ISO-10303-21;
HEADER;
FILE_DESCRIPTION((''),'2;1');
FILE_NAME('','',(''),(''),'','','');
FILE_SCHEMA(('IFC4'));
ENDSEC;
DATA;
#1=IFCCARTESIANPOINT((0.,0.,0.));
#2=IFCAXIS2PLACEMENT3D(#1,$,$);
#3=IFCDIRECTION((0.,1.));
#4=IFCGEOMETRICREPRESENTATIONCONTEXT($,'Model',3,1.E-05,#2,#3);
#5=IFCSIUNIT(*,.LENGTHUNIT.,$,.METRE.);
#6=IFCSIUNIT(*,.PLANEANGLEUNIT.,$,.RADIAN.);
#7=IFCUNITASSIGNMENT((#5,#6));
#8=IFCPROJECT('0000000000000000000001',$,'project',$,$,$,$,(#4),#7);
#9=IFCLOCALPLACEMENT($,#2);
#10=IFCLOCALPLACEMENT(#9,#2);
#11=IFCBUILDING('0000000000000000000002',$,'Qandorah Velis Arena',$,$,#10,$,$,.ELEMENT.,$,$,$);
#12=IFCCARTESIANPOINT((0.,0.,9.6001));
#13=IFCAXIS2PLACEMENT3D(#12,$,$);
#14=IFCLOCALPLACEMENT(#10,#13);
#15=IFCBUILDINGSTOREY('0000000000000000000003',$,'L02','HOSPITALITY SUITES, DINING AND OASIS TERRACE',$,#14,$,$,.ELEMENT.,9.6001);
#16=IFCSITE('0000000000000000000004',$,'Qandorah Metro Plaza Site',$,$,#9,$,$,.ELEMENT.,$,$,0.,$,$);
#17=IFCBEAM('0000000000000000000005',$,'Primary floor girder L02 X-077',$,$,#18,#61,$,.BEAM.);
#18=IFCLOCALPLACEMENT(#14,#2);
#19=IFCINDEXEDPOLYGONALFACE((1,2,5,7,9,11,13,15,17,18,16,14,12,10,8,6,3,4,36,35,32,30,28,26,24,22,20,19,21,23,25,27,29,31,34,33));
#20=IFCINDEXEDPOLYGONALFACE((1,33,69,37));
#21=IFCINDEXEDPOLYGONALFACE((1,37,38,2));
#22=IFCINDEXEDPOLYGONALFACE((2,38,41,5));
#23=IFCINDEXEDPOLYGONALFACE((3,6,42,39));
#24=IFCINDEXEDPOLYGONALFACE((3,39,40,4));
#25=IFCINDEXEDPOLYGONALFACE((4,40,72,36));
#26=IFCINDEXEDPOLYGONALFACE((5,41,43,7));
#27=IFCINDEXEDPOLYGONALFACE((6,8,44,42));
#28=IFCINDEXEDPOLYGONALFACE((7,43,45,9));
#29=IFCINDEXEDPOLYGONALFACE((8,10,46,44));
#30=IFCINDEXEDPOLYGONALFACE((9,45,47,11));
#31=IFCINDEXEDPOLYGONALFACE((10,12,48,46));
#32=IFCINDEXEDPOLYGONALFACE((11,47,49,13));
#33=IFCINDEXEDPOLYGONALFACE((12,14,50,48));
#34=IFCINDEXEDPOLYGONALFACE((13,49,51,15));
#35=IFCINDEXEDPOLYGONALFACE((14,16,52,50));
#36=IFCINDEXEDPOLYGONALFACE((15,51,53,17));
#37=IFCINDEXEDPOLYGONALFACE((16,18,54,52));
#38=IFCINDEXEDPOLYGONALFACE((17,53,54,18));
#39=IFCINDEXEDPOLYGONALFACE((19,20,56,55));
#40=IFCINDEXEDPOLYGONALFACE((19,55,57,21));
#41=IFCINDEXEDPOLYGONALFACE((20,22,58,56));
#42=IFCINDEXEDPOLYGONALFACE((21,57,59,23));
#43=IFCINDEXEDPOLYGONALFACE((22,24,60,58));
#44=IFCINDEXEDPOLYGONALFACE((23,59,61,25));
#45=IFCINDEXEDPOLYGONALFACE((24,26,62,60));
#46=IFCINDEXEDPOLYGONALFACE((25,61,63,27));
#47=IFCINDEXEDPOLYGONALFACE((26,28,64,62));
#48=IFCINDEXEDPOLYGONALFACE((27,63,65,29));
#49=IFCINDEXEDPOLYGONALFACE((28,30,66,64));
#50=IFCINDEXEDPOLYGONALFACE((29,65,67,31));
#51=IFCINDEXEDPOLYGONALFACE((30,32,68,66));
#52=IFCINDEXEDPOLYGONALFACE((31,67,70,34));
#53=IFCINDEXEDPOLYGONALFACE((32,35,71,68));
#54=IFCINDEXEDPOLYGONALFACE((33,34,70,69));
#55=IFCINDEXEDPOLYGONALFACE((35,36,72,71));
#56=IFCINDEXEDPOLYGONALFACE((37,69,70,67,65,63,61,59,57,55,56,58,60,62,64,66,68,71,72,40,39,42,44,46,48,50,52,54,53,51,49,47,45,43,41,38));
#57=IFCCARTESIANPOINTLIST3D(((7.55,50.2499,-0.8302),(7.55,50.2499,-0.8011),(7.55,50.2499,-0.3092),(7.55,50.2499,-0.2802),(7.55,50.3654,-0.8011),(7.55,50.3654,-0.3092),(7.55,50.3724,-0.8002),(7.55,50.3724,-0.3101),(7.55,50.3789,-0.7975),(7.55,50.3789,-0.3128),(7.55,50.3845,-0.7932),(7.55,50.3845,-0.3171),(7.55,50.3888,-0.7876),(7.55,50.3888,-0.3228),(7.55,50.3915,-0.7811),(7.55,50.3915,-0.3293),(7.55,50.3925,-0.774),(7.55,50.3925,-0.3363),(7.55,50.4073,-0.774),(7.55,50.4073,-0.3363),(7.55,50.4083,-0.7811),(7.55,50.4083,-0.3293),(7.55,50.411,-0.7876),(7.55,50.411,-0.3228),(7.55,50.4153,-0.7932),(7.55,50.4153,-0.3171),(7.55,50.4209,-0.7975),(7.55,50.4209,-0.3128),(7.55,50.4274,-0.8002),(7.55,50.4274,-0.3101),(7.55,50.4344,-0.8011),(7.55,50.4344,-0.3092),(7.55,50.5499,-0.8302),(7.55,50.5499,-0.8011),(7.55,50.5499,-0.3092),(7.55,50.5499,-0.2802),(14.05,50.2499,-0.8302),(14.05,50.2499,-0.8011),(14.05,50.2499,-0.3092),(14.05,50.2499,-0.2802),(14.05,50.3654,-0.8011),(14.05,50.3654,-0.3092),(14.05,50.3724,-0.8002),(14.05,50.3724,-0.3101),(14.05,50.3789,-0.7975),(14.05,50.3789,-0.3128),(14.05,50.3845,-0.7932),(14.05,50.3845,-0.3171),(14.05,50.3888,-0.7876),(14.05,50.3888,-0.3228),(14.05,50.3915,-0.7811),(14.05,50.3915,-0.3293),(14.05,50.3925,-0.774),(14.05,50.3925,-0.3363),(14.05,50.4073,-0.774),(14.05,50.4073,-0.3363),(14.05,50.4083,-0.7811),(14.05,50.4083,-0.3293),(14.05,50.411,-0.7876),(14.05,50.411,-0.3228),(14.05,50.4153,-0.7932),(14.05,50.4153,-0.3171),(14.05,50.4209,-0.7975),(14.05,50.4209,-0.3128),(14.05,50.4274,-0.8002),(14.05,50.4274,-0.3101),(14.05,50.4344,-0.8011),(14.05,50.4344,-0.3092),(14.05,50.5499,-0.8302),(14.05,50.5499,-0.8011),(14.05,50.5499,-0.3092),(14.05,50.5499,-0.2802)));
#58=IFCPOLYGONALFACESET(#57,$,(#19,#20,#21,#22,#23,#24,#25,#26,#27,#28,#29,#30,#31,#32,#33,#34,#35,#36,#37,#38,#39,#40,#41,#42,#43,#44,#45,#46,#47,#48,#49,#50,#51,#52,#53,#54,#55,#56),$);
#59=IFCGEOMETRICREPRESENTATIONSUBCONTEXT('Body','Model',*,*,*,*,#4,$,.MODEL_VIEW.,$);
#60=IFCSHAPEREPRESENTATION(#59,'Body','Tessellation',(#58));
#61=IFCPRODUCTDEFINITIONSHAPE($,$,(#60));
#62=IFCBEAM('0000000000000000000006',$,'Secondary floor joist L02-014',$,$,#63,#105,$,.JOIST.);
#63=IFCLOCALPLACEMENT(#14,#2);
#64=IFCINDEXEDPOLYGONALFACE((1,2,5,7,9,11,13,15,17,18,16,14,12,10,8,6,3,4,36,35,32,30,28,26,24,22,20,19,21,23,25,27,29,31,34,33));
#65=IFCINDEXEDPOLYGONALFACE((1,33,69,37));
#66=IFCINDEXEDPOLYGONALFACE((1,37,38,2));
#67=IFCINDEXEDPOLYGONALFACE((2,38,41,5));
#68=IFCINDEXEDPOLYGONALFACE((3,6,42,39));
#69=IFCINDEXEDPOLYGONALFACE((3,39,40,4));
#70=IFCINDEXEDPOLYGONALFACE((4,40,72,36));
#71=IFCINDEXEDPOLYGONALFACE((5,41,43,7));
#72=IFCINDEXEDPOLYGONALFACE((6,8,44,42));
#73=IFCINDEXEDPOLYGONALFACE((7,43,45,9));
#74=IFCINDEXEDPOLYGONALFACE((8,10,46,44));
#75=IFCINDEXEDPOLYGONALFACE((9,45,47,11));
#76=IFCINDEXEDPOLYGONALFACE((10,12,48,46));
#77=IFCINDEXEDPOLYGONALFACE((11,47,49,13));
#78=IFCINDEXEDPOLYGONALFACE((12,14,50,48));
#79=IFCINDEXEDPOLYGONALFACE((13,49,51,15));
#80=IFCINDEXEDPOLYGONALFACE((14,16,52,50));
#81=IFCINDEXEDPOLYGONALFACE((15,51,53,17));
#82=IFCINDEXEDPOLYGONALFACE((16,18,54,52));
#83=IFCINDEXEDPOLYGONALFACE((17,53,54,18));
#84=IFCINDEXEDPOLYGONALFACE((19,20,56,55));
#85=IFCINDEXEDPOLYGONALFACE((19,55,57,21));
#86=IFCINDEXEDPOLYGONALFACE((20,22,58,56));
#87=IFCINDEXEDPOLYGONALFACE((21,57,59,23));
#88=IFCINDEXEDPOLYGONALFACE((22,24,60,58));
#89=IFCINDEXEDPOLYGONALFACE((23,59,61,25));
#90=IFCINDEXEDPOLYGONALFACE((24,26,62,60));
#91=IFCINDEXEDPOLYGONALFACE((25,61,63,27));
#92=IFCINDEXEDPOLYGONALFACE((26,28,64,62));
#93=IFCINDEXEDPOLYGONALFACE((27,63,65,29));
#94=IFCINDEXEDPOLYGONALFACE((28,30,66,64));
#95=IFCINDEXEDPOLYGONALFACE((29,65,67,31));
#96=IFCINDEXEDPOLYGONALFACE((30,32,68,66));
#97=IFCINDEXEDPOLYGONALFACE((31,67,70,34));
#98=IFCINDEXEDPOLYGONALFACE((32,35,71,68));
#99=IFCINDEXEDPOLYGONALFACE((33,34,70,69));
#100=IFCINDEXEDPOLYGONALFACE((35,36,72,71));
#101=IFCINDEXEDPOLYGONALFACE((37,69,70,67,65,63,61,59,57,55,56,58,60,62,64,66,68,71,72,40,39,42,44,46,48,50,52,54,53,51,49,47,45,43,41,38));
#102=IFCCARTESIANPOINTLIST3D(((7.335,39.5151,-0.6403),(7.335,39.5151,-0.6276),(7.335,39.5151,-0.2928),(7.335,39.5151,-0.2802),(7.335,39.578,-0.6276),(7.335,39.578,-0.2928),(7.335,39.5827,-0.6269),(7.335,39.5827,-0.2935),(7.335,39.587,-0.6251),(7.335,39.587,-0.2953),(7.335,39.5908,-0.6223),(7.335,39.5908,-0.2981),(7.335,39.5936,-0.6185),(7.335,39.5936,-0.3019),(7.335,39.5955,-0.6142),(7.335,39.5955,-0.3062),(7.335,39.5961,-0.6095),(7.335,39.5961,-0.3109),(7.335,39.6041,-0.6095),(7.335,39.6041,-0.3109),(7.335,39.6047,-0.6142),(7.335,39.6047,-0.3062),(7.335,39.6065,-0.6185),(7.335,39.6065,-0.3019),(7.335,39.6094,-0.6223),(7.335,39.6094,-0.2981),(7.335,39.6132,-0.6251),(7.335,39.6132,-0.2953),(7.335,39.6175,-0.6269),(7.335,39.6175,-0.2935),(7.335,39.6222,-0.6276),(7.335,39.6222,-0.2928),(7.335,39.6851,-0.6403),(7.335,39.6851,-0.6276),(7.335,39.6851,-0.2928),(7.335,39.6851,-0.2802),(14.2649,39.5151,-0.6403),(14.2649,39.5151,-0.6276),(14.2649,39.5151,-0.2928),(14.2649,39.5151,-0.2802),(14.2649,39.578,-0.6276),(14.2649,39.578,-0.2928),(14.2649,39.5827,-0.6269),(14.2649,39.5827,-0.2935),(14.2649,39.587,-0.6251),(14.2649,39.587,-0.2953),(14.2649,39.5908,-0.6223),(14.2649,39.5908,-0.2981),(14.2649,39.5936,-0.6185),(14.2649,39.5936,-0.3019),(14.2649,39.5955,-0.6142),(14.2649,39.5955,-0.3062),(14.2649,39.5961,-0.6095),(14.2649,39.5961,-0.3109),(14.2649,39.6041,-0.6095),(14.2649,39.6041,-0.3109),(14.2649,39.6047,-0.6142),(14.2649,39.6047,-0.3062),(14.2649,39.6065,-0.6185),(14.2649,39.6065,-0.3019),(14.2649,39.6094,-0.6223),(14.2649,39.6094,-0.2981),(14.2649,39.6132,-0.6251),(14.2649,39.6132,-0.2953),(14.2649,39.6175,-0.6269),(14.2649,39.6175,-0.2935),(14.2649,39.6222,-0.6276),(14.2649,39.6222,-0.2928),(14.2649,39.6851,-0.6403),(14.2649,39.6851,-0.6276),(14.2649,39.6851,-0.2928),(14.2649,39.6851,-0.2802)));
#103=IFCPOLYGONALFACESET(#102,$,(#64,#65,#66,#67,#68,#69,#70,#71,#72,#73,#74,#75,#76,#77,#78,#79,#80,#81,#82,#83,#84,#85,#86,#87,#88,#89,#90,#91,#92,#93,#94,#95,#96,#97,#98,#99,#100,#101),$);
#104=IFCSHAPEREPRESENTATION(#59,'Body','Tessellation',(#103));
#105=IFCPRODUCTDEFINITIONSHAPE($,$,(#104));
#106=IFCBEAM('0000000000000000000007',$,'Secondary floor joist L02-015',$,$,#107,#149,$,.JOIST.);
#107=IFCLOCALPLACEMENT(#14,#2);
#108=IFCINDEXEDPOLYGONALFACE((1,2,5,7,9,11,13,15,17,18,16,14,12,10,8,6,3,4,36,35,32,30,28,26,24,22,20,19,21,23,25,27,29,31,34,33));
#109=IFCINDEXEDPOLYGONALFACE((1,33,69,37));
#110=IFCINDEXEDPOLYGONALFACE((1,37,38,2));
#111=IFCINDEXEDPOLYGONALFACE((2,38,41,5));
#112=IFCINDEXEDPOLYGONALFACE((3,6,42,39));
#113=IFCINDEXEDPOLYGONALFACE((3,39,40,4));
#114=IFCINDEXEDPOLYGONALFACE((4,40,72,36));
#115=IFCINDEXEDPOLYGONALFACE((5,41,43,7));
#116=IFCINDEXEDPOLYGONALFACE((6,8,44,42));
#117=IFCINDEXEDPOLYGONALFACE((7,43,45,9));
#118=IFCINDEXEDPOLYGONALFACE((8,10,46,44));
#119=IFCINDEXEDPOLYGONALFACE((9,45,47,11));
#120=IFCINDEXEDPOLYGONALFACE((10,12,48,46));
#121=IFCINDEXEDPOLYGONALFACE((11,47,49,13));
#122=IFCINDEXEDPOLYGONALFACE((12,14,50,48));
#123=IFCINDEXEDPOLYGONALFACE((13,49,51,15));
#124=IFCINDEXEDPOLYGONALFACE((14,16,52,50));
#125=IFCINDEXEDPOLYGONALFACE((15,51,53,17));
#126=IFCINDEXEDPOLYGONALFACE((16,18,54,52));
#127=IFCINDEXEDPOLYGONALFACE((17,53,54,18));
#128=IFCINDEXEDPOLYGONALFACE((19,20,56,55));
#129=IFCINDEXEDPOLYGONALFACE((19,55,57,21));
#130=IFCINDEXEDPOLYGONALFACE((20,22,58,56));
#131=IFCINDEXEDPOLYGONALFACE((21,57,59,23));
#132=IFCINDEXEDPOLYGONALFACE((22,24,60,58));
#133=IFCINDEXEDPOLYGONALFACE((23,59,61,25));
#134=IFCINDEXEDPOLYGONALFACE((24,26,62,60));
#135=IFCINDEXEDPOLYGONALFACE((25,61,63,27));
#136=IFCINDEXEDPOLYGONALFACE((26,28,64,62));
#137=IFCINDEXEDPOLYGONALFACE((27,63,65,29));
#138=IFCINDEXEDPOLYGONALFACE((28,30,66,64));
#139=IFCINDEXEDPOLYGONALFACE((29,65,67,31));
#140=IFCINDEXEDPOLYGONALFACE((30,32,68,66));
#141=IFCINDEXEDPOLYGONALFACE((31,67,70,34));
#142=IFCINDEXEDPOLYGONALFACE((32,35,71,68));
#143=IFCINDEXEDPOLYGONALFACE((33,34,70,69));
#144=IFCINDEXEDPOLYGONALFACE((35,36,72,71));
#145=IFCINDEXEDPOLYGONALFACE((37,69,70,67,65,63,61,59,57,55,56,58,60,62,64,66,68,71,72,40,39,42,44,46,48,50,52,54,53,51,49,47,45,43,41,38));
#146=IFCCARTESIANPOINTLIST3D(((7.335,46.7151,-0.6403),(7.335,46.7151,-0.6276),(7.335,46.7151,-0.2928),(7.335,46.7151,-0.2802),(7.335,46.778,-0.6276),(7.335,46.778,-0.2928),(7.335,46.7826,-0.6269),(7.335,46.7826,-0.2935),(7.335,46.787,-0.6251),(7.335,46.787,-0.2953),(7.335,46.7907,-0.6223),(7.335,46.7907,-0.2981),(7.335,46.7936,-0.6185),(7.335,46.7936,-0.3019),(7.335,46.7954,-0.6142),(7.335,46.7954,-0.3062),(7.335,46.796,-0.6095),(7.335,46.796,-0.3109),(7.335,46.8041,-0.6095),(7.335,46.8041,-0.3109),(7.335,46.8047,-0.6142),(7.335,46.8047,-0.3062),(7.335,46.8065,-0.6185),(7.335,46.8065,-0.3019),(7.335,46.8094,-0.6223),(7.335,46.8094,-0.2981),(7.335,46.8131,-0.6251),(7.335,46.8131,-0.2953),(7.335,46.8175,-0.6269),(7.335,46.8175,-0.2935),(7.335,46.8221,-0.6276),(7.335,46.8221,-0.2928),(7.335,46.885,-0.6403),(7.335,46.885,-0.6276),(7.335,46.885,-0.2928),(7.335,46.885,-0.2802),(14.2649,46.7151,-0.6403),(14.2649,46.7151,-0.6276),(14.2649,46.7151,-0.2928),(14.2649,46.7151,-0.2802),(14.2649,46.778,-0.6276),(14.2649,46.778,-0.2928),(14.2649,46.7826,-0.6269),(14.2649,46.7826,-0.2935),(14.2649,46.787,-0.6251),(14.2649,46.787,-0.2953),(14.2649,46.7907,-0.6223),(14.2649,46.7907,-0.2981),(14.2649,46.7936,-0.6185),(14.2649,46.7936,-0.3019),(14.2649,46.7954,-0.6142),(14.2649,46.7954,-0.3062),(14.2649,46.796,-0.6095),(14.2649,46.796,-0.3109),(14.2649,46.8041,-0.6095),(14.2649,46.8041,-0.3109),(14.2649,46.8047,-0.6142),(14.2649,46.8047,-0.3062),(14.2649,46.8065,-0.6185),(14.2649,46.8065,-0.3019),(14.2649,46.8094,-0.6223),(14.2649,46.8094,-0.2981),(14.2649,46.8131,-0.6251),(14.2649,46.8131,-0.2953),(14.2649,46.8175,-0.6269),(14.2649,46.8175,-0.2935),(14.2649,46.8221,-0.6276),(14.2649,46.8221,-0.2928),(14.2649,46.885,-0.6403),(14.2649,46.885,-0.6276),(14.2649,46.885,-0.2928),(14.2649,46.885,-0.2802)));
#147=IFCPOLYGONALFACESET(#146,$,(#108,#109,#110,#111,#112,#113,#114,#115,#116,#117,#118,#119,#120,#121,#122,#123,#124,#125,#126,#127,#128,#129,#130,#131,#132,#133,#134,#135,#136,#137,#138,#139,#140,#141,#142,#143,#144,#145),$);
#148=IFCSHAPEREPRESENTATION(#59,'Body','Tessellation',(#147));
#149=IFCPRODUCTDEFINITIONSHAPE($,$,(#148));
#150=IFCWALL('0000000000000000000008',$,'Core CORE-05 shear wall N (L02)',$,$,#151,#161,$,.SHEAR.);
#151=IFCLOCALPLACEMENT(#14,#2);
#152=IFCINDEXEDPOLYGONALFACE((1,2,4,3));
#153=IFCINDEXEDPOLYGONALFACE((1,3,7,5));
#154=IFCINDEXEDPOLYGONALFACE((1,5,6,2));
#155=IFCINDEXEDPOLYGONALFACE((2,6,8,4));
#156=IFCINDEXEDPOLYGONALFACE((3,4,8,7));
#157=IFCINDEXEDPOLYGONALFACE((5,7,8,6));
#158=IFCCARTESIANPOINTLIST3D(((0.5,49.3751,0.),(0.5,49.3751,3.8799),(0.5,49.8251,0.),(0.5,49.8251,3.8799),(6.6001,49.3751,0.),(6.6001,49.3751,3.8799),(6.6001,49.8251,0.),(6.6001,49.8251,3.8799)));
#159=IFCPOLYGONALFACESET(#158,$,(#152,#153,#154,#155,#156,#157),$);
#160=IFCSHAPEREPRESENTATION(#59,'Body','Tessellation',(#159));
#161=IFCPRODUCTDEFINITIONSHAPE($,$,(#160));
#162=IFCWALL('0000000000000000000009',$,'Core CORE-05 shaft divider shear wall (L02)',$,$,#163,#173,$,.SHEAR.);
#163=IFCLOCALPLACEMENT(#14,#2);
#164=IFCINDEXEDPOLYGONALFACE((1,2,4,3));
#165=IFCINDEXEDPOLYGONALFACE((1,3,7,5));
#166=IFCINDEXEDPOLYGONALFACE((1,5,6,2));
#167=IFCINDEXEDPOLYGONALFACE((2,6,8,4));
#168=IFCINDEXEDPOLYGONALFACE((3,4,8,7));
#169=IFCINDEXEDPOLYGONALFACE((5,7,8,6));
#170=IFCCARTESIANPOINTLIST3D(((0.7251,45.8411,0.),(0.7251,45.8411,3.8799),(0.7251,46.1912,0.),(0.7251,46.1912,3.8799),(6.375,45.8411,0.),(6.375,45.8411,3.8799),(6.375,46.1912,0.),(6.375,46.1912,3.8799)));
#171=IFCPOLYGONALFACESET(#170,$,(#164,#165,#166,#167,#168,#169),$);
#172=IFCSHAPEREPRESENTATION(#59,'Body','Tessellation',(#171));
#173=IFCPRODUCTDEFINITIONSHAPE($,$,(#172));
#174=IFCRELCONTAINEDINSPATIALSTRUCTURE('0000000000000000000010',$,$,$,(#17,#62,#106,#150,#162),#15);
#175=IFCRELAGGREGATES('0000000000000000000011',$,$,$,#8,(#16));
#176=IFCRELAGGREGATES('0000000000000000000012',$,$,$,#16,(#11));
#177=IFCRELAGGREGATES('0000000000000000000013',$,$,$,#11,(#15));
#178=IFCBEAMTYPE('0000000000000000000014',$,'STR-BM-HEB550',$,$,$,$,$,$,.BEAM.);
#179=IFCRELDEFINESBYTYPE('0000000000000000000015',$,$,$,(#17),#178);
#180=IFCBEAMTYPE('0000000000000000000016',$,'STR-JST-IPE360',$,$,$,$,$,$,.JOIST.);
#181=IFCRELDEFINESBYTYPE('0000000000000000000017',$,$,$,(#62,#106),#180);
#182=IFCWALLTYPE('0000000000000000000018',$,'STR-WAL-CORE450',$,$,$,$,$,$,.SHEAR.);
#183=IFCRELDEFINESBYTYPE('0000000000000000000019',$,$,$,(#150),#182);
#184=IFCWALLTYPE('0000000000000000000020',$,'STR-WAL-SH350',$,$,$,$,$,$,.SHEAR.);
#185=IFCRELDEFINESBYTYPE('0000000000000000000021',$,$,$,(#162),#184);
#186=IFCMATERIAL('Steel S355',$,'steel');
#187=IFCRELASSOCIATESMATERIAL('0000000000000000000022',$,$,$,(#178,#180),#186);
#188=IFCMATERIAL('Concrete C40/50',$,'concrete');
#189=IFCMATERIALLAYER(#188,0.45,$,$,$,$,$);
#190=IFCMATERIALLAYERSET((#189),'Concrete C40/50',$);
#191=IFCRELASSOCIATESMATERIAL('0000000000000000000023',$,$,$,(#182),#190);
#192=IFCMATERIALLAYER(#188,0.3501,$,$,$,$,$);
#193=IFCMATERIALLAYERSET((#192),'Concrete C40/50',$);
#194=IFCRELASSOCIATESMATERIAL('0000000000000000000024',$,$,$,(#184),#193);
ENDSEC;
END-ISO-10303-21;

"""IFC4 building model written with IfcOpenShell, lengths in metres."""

from ifc_helpers import new_model, si_unit, direction, frame, frame_2d, origin, origin_2d, place, context, subcontext, project, spatial, rectangle, i_section, extrude, material, layer, layer_set, material_profile, profile_set, type_object, element, save


model = new_model("IFC4")

# Units and contexts
model_context = context("Model", 3, precision=1e-05, world=origin(), true_north=direction((0.0, 1.0)))
body_context = subcontext(model_context, "Body", "Model", "MODEL_VIEW")
ifc_project = project(units=[si_unit("LENGTHUNIT", "METRE"), si_unit("PLANEANGLEUNIT", "RADIAN")], contexts=[model_context])

# Site, building, storey
site_placement = place(None, origin())
site = spatial("IfcSite", under=ifc_project, at=site_placement, Name="Qandorah Metro Plaza Site", CompositionType="ELEMENT", RefElevation=0.0)
building_placement = place(site_placement, origin())
building = spatial("IfcBuilding", under=site, at=building_placement, Name="Qandorah Velis Arena", CompositionType="ELEMENT")
storey_placement = place(building_placement, frame((0.0, 0.0, 9.6001)))
storey = spatial("IfcBuildingStorey", under=building, at=storey_placement, Name="L02", Description="HOSPITALITY SUITES, DINING AND OASIS TERRACE", CompositionType="ELEMENT", Elevation=9.6001)

# Shared definitions
ifc_material_1 = material(Name="Concrete C40/50", Category="concrete")
ifc_material_2 = material(Name="Steel S355", Category="steel")

# Beams
ifc_material_profile_1 = material_profile(ifc_material_2, i_section(OverallWidth=0.3, OverallDepth=0.55, WebThickness=0.0149, FlangeThickness=0.0291, FilletRadius=0.0271, at=origin_2d()), Name="HEB 550")
ifc_profile_set_1 = profile_set([ifc_material_profile_1], Name="Steel S355")
beam_type_1 = type_object("IfcBeamType", Name="STR-BM-HEB550", PredefinedType="BEAM", material=ifc_profile_set_1)
for number, where, z_axis, x_axis, name in (
    (1, (7.55, 50.3999, -0.5552), (1.0, 0.0, 0.0), (0.0, 1.0, 0.0), "Primary floor girder L02 X-077"),
):
    element("IfcBeam", number, at=place(storey_placement, frame(where, z_axis=z_axis, x_axis=x_axis)), inside=storey, type_object=beam_type_1, Name=name, PredefinedType="BEAM", context=body_context, shape_type="SweptSolid", body=[
        extrude(i_section(OverallWidth=0.3, OverallDepth=0.55, WebThickness=0.0149, FlangeThickness=0.0291, FilletRadius=0.0271, at=origin_2d()), origin(), (0.0, 0.0, 1.0), 6.5),
    ])
ifc_material_profile_2 = material_profile(ifc_material_2, i_section(OverallWidth=0.1699, OverallDepth=0.3601, WebThickness=0.0081, FlangeThickness=0.0127, FilletRadius=0.0181, at=origin_2d()), Name="IPE 360")
ifc_profile_set_2 = profile_set([ifc_material_profile_2], Name="Steel S355")
beam_type_2 = type_object("IfcBeamType", Name="STR-JST-IPE360", PredefinedType="JOIST", material=ifc_profile_set_2)
for number, where, z_axis, x_axis, name in (
    (2, (7.335, 39.6001, -0.4602), (1.0, 0.0, 0.0), (0.0, 1.0, 0.0), "Secondary floor joist L02-014"),
    (3, (7.335, 46.8, -0.4602), (1.0, 0.0, 0.0), (0.0, 1.0, 0.0), "Secondary floor joist L02-015"),
):
    element("IfcBeam", number, at=place(storey_placement, frame(where, z_axis=z_axis, x_axis=x_axis)), inside=storey, type_object=beam_type_2, Name=name, PredefinedType="JOIST", context=body_context, shape_type="SweptSolid", body=[
        extrude(i_section(OverallWidth=0.1699, OverallDepth=0.3601, WebThickness=0.0081, FlangeThickness=0.0127, FilletRadius=0.0181, at=origin_2d()), origin(), (0.0, 0.0, 1.0), 6.9299),
    ])

# Walls
ifc_layer_1 = layer(ifc_material_1, 0.45)
ifc_layer_set_1 = layer_set([ifc_layer_1], Name="Concrete C40/50")
wall_type_1 = type_object("IfcWallType", Name="STR-WAL-CORE450", PredefinedType="SHEAR", material=ifc_layer_set_1)
wall_1_placement = place(storey_placement, frame((0.5, 49.6001, 0.0), z_axis=(0.0, 0.0, 1.0), x_axis=(1.0, 0.0, 0.0)))
element("IfcWall", 4, at=wall_1_placement, inside=storey, type_object=wall_type_1, Name="Core CORE-05 shear wall N (L02)", PredefinedType="SHEAR", context=body_context, shape_type="SweptSolid", body=[
    extrude(rectangle(XDim=6.1001, YDim=0.45, at=frame_2d((3.05, 0.0))), origin(), (0.0, 0.0, 1.0), 3.8799),
])
ifc_layer_2 = layer(ifc_material_1, 0.3501)
ifc_layer_set_2 = layer_set([ifc_layer_2], Name="Concrete C40/50")
wall_type_2 = type_object("IfcWallType", Name="STR-WAL-SH350", PredefinedType="SHEAR", material=ifc_layer_set_2)
wall_2_placement = place(storey_placement, frame((0.7251, 46.0161, 0.0), z_axis=(0.0, 0.0, 1.0), x_axis=(1.0, 0.0, 0.0)))
element("IfcWall", 5, at=wall_2_placement, inside=storey, type_object=wall_type_2, Name="Core CORE-05 shaft divider shear wall (L02)", PredefinedType="SHEAR", context=body_context, shape_type="SweptSolid", body=[
    extrude(rectangle(XDim=5.6499, YDim=0.3501, at=frame_2d((2.825, 0.0))), origin(), (0.0, 0.0, 1.0), 3.8799),
])

save(model, "model.ifc")
